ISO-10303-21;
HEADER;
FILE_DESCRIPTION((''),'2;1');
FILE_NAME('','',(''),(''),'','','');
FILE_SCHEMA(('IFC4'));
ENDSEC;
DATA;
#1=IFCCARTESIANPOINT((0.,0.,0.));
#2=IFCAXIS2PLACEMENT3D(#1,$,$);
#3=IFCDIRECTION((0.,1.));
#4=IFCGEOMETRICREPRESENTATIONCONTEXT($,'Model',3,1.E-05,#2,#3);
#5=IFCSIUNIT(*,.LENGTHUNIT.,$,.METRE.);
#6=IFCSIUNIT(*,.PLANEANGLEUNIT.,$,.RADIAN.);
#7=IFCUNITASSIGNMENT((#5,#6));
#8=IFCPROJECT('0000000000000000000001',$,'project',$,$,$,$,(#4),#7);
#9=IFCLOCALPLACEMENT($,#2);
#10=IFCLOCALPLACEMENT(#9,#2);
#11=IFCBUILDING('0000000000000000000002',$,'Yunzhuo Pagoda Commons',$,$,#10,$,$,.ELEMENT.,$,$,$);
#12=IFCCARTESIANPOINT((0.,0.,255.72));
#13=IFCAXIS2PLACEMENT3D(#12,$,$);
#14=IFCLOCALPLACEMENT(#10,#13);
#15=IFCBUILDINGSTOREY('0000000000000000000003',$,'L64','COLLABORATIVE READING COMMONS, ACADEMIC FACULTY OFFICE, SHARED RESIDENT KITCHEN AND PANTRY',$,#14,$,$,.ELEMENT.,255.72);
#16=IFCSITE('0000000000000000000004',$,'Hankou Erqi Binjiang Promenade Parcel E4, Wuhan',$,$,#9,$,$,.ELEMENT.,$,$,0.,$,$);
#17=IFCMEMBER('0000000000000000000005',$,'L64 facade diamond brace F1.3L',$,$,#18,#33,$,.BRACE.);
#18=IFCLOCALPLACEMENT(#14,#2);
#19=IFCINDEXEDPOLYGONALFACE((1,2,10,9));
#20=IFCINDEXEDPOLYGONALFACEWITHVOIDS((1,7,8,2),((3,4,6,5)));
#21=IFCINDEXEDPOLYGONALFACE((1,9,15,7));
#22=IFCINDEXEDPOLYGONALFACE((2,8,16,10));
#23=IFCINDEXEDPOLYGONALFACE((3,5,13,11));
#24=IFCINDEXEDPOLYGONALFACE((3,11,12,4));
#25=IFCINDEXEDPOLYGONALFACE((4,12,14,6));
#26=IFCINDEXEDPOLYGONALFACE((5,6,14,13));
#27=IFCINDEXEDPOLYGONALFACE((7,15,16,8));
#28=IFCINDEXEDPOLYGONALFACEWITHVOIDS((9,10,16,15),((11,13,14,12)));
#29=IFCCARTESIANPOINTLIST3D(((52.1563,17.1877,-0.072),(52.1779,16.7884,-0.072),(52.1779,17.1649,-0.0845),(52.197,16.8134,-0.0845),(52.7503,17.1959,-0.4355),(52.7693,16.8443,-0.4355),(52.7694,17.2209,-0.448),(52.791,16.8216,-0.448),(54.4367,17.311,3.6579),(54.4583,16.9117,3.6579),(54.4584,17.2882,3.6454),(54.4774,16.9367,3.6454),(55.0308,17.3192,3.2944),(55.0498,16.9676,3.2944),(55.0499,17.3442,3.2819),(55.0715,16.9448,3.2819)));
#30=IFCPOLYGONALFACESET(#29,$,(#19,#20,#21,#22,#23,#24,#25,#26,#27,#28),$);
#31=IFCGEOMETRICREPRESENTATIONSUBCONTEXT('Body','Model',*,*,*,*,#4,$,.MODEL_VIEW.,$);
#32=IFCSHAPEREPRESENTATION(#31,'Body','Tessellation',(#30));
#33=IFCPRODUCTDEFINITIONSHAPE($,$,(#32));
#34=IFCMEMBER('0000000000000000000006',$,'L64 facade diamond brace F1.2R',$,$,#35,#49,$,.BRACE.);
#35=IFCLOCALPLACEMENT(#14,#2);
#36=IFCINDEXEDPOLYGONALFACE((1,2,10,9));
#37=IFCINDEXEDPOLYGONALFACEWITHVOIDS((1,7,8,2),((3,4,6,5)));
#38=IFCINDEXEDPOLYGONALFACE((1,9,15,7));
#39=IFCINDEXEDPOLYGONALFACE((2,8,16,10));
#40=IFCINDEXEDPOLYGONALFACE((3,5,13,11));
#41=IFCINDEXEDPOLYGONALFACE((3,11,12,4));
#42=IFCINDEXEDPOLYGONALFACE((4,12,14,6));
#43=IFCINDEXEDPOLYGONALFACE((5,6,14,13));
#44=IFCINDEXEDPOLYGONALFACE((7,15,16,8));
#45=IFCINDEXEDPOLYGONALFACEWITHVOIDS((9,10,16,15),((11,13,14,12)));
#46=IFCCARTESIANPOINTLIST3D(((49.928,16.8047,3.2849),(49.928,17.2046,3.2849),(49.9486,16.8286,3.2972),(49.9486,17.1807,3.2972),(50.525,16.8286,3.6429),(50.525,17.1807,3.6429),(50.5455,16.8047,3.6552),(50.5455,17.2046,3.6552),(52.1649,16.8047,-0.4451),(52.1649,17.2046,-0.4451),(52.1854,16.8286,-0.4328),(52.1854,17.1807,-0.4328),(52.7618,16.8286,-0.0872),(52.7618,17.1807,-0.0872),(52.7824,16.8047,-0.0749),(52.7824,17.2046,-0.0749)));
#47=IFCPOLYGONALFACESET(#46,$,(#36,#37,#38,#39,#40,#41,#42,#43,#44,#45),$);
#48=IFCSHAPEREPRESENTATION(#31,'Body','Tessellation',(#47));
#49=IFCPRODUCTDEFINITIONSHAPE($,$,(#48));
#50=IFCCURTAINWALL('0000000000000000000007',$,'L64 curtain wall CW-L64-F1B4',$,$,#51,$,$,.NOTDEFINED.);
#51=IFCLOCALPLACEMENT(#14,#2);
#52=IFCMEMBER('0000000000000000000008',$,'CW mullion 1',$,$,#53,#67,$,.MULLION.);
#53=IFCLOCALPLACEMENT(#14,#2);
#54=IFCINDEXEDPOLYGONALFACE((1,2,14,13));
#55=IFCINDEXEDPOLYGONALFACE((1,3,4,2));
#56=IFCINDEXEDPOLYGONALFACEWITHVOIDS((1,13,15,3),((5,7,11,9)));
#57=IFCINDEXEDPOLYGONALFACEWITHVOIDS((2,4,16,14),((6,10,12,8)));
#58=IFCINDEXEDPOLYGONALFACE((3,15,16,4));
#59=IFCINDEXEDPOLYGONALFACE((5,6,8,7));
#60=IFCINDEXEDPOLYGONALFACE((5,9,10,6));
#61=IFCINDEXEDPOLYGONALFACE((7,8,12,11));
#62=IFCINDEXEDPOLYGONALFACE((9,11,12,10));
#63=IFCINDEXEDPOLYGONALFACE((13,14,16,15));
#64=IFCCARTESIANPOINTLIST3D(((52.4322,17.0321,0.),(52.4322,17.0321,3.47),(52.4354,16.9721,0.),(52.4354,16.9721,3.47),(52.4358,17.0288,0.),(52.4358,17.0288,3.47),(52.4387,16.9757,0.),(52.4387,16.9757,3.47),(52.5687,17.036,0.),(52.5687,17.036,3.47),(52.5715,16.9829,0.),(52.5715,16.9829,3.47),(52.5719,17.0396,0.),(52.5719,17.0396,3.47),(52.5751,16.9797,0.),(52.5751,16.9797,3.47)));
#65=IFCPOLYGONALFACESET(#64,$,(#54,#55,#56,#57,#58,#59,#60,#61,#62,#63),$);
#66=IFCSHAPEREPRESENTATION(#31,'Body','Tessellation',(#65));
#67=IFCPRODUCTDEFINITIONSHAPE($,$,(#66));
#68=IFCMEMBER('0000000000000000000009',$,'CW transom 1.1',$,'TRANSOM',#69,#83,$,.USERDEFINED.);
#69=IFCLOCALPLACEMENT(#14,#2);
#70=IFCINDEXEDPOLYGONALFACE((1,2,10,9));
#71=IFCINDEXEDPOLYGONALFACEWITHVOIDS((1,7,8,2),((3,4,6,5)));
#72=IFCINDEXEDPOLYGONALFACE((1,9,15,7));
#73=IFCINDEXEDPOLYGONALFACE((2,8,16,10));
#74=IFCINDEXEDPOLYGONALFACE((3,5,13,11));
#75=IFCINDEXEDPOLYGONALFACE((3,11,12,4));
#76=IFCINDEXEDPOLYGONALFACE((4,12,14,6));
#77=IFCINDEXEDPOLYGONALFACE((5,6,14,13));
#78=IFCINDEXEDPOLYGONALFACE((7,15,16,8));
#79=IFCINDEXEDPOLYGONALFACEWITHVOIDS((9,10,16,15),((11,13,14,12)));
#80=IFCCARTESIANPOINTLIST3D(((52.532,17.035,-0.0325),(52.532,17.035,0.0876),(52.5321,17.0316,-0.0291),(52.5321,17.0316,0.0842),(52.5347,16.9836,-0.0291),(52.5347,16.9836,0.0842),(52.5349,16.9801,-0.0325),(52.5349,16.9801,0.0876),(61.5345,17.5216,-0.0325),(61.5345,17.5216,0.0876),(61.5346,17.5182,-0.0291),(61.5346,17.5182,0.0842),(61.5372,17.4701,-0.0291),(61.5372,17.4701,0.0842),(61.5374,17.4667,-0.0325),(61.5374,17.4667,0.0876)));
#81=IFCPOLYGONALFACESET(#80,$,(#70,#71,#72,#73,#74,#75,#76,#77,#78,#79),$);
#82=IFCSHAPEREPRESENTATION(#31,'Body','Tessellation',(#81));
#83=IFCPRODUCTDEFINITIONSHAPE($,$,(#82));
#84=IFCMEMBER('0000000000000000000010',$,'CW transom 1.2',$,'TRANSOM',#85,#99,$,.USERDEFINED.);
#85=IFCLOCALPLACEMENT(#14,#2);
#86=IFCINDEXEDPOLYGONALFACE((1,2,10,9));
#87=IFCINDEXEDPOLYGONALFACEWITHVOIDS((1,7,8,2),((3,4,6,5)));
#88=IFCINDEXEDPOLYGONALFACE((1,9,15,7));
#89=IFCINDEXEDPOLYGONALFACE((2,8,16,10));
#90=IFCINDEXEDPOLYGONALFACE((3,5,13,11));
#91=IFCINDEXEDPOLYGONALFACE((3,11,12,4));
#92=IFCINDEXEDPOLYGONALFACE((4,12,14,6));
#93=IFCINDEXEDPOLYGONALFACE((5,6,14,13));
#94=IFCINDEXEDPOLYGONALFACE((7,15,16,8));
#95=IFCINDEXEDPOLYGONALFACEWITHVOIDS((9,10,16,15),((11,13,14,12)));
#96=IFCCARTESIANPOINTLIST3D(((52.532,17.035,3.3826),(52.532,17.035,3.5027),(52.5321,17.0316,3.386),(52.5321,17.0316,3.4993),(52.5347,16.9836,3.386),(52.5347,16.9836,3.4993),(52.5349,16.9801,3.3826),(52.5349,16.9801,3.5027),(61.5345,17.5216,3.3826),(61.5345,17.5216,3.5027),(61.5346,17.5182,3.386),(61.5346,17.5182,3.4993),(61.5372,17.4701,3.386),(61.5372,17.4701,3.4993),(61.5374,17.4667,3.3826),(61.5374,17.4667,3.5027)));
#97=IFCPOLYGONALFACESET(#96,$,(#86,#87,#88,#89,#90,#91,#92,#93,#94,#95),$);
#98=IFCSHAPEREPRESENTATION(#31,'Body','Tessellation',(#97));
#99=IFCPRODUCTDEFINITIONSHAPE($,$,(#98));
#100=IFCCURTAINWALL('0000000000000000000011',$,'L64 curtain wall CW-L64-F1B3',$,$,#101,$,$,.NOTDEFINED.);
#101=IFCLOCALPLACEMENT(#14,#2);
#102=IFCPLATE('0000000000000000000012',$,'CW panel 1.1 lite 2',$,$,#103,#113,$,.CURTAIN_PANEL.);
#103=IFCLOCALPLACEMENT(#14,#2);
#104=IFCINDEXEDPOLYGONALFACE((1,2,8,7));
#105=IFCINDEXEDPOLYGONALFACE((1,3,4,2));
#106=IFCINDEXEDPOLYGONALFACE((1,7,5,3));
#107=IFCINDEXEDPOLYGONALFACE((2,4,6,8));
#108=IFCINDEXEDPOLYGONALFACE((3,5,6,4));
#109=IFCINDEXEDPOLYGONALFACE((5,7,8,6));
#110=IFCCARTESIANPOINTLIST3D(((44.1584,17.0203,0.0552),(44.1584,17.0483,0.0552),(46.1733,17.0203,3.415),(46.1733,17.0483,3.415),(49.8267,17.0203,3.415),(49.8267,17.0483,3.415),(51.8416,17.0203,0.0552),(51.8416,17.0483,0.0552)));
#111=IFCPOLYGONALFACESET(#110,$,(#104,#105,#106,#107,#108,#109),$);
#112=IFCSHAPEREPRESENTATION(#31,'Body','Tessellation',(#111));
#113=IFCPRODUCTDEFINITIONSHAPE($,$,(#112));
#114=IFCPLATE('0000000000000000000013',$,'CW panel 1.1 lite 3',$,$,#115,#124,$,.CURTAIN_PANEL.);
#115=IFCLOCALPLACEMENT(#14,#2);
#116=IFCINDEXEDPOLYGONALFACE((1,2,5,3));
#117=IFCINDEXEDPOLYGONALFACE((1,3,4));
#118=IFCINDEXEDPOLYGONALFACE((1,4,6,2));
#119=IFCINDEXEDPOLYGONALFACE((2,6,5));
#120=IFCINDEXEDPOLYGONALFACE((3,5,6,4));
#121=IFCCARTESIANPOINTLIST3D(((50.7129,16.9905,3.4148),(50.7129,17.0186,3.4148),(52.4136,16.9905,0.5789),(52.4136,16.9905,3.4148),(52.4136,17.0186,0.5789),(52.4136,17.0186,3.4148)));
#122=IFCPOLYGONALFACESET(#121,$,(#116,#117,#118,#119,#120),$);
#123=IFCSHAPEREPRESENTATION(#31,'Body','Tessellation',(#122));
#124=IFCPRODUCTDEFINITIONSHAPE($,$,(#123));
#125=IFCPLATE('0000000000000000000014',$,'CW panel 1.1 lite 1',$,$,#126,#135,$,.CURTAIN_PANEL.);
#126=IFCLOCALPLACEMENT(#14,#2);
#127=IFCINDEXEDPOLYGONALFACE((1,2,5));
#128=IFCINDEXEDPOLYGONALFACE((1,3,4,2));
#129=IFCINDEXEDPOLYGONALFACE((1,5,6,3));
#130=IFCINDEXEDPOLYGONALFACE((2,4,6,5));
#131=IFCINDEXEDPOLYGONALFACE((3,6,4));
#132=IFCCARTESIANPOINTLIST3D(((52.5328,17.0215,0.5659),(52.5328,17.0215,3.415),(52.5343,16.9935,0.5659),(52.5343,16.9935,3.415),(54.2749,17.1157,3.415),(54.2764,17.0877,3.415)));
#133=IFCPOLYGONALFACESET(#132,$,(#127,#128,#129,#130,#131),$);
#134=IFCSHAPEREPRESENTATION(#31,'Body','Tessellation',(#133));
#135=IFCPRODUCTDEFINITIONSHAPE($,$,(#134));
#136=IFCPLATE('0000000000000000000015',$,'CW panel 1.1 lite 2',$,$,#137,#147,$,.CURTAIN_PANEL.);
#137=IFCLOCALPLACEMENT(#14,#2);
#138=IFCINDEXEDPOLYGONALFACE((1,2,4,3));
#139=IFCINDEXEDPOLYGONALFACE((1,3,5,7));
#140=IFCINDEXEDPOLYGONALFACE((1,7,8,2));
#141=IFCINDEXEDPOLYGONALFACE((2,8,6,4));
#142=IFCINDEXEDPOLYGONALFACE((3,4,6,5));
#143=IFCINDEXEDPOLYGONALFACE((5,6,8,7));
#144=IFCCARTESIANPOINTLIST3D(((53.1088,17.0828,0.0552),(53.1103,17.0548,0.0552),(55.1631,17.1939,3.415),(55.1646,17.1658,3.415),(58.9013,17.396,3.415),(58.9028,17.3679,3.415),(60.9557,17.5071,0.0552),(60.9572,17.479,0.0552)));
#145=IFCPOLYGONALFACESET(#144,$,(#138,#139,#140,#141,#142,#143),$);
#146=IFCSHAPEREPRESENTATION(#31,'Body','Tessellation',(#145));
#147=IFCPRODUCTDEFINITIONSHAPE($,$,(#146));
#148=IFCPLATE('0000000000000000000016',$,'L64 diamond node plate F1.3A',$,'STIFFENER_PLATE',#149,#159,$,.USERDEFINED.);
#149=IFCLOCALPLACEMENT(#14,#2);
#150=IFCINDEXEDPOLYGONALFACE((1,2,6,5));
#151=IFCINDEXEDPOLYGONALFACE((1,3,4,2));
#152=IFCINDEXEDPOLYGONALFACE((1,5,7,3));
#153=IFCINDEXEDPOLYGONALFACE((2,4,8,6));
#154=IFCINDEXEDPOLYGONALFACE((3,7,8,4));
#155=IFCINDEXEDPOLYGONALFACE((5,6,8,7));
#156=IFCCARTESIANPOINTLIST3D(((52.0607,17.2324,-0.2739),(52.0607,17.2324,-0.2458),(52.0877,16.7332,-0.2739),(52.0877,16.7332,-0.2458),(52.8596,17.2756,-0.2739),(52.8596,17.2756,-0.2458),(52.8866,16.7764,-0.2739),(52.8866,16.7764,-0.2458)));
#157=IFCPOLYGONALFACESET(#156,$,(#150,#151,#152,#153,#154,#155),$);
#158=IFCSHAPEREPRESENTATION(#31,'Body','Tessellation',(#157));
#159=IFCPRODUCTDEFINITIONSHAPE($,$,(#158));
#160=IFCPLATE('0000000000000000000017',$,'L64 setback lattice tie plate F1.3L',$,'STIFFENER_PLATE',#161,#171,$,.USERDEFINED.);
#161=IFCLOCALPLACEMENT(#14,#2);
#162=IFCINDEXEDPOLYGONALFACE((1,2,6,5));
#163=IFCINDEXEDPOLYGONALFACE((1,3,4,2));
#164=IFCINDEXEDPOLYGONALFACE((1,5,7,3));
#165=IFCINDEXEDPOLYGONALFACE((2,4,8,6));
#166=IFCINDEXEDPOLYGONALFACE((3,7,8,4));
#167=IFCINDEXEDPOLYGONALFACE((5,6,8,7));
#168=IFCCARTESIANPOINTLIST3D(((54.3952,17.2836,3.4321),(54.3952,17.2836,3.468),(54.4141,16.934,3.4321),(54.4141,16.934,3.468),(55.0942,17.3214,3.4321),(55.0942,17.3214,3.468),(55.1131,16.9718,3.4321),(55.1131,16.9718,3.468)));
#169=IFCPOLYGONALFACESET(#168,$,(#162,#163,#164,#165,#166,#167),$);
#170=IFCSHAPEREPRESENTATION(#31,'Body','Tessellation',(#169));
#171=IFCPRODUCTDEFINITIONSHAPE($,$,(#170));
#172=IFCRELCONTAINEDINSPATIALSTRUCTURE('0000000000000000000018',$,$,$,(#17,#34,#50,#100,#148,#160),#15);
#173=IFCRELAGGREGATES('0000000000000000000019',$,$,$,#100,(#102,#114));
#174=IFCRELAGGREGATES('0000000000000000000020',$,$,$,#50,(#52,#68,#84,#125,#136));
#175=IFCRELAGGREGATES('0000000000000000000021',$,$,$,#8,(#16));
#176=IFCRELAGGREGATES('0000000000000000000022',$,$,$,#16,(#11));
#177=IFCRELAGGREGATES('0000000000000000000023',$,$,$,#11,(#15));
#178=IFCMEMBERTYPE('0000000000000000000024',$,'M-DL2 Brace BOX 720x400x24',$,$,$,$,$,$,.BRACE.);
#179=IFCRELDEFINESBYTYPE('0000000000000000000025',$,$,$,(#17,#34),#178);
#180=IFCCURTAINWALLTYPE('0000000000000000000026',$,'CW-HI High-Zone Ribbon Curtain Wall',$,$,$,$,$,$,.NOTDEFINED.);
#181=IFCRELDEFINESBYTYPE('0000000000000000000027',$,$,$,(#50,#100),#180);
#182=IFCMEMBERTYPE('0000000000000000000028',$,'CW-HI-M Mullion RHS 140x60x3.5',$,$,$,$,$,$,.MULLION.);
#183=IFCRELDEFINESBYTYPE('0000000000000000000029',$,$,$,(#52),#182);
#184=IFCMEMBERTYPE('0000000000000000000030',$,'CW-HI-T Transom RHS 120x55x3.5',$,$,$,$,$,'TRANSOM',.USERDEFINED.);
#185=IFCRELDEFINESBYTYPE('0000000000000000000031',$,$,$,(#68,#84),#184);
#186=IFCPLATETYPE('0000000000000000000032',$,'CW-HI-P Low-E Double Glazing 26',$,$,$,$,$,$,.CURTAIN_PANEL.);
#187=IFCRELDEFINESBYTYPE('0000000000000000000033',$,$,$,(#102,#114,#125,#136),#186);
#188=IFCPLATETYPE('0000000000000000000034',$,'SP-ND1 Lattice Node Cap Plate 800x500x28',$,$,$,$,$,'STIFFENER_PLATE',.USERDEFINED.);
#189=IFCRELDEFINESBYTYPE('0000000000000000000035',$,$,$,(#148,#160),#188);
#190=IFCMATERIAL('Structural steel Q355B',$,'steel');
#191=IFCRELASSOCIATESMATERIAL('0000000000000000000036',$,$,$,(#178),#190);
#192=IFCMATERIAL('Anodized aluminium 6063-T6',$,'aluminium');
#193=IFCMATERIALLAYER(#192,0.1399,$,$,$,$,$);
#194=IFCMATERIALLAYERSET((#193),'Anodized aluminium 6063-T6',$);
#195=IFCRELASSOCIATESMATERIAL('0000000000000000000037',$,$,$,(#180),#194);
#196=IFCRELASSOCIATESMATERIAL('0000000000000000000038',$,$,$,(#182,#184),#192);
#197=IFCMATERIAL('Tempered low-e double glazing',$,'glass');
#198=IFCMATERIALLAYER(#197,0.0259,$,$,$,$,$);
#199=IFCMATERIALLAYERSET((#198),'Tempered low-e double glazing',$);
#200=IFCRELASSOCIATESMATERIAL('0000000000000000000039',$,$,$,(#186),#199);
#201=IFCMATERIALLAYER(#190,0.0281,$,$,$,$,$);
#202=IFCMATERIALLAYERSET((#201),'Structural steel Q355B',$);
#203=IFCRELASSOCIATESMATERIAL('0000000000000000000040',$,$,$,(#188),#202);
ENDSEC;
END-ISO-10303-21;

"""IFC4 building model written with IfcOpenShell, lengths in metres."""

from ifc_helpers import new_model, si_unit, direction, frame, origin, origin_2d, place, context, subcontext, project, spatial, polyline, rectangle, hollow_rectangle, outline, extrude, source, transform, mapped, material, layer, layer_set, material_profile, profile_set, type_object, element, aggregate, save


model = new_model("IFC4")

# Units and contexts
model_context = context("Model", 3, precision=1e-05, world=origin(), true_north=direction((0.0, 1.0)))
body_context = subcontext(model_context, "Body", "Model", "MODEL_VIEW")
ifc_project = project(units=[si_unit("LENGTHUNIT", "METRE"), si_unit("PLANEANGLEUNIT", "RADIAN")], contexts=[model_context])

# Site, building, storey
site_placement = place(None, origin())
site = spatial("IfcSite", under=ifc_project, at=site_placement, Name="Hankou Erqi Binjiang Promenade Parcel E4, Wuhan", CompositionType="ELEMENT", RefElevation=0.0)
building_placement = place(site_placement, origin())
building = spatial("IfcBuilding", under=site, at=building_placement, Name="Yunzhuo Pagoda Commons", CompositionType="ELEMENT")
storey_placement = place(building_placement, frame((0.0, 0.0, 255.72)))
storey = spatial("IfcBuildingStorey", under=building, at=storey_placement, Name="L64", Description="COLLABORATIVE READING COMMONS, ACADEMIC FACULTY OFFICE, SHARED RESIDENT KITCHEN AND PANTRY", CompositionType="ELEMENT", Elevation=255.72)

# Shared definitions
ifc_material_1 = material(Name="Structural steel Q355B", Category="steel")

# Members
ifc_material_profile_1 = material_profile(ifc_material_1, hollow_rectangle(XDim=0.3999, YDim=0.72, WallThickness=0.0239, at=origin_2d()), Name="Structural steel Q355B")
ifc_profile_set_1 = profile_set([ifc_material_profile_1], Name="Structural steel Q355B")
member_type_1 = type_object("IfcMemberType", Name="M-DL2 Brace BOX 720x400x24", PredefinedType="BRACE", material=ifc_profile_set_1)
shared_shape_1 = source(origin(), body_context, "Body", "SweptSolid", [
    extrude(hollow_rectangle(XDim=0.3999, YDim=0.72, WallThickness=0.0239, at=origin_2d()), origin(), (0.0, 0.0, 1.0), 4.3735),
])
member_1_placement = place(storey_placement, frame((52.4736, 17.0046, -0.26), z_axis=(0.521423, 0.02819, 0.852832), x_axis=(-0.053984, 0.998542, 0.0)))
element("IfcMember", 1, at=member_1_placement, inside=storey, type_object=member_type_1, Name="L64 facade diamond brace F1.3L", PredefinedType="BRACE", context=body_context, shape_type="MappedRepresentation", body=[
    mapped(shared_shape_1, transform((0.0, 0.0, 0.0), scale=1.0)),
])
shared_shape_2 = source(origin(), body_context, "Body", "SweptSolid", [
    extrude(hollow_rectangle(XDim=0.3999, YDim=0.72, WallThickness=0.0239, at=origin_2d()), origin(), (0.0, 0.0, 1.0), 4.3494),
])
member_2_placement = place(storey_placement, frame((52.4736, 17.0046, -0.26), z_axis=(-0.514298, 0.0, 0.857612), x_axis=(0.0, -1.0, 0.0)))
element("IfcMember", 2, at=member_2_placement, inside=storey, type_object=member_type_1, Name="L64 facade diamond brace F1.2R", PredefinedType="BRACE", context=body_context, shape_type="MappedRepresentation", body=[
    mapped(shared_shape_2, transform((0.0, 0.0, 0.0), scale=1.0)),
])

# Curtain wall, members
ifc_material_2 = material(Name="Anodized aluminium 6063-T6", Category="aluminium")
ifc_layer_1 = layer(ifc_material_2, 0.1399)
ifc_layer_set_1 = layer_set([ifc_layer_1], Name="Anodized aluminium 6063-T6")
curtain_wall_type = type_object("IfcCurtainWallType", Name="CW-HI High-Zone Ribbon Curtain Wall", PredefinedType="NOTDEFINED", material=ifc_layer_set_1)
curtain_wall_1_placement = place(storey_placement, origin())
curtain_wall_1 = element("IfcCurtainWall", 3, at=curtain_wall_1_placement, inside=storey, type_object=curtain_wall_type, Name="L64 curtain wall CW-L64-F1B4", PredefinedType="NOTDEFINED")
ifc_material_profile_2 = material_profile(ifc_material_2, hollow_rectangle(XDim=0.0601, YDim=0.1399, WallThickness=0.0034, at=origin_2d()), Name="Anodized aluminium 6063-T6")
ifc_profile_set_2 = profile_set([ifc_material_profile_2], Name="Anodized aluminium 6063-T6")
member_type_2 = type_object("IfcMemberType", Name="CW-HI-M Mullion RHS 140x60x3.5", PredefinedType="MULLION", material=ifc_profile_set_2)
shared_shape_3 = source(origin(), body_context, "Body", "SweptSolid", [
    extrude(hollow_rectangle(XDim=0.0601, YDim=0.1399, WallThickness=0.0034, at=origin_2d()), origin(), (0.0, 0.0, 1.0), 3.47),
])
member_3_placement = place(storey_placement, frame((52.5037, 17.0059, 0.0), z_axis=(0.0, 0.0, 1.0), x_axis=(-0.053989, 0.998542, 0.0)))
member_3 = element("IfcMember", 4, at=member_3_placement, type_object=member_type_2, Name="CW mullion 1", PredefinedType="MULLION", context=body_context, shape_type="MappedRepresentation", body=[
    mapped(shared_shape_3, transform((0.0, 0.0, 0.0), scale=1.0)),
])
ifc_material_profile_3 = material_profile(ifc_material_2, hollow_rectangle(XDim=0.0549, YDim=0.1201, WallThickness=0.0034, at=origin_2d()), Name="Anodized aluminium 6063-T6")
ifc_profile_set_3 = profile_set([ifc_material_profile_3], Name="Anodized aluminium 6063-T6")
member_type_3 = type_object("IfcMemberType", Name="CW-HI-T Transom RHS 120x55x3.5", ElementType="TRANSOM", PredefinedType="USERDEFINED", material=ifc_profile_set_3)
shared_shape_4 = source(origin(), body_context, "Body", "SweptSolid", [
    extrude(hollow_rectangle(XDim=0.0549, YDim=0.1201, WallThickness=0.0034, at=origin_2d()), origin(), (0.0, 0.0, 1.0), 9.0156),
])
member_4_placement = place(storey_placement, frame((52.5334, 17.0076, 0.0276), z_axis=(0.998543, 0.05397, 0.0), x_axis=(-0.05397, 0.998543, 0.0)))
member_4 = element("IfcMember", 5, at=member_4_placement, type_object=member_type_3, Name="CW transom 1.1", ObjectType="TRANSOM", PredefinedType="USERDEFINED", context=body_context, shape_type="MappedRepresentation", body=[
    mapped(shared_shape_4, transform((0.0, 0.0, 0.0), scale=1.0)),
])
member_5_placement = place(storey_placement, frame((52.5334, 17.0076, 3.4426), z_axis=(0.998543, 0.05397, 0.0), x_axis=(-0.05397, 0.998543, 0.0)))
member_5 = element("IfcMember", 6, at=member_5_placement, type_object=member_type_3, Name="CW transom 1.2", ObjectType="TRANSOM", PredefinedType="USERDEFINED", context=body_context, shape_type="MappedRepresentation", body=[
    mapped(shared_shape_4, transform((0.0, 0.0, 0.0), scale=1.0)),
])

# Curtain wall, plates
curtain_wall_2_placement = place(storey_placement, origin())
curtain_wall_2 = element("IfcCurtainWall", 7, at=curtain_wall_2_placement, inside=storey, type_object=curtain_wall_type, Name="L64 curtain wall CW-L64-F1B3", PredefinedType="NOTDEFINED")
ifc_material_3 = material(Name="Tempered low-e double glazing", Category="glass")
ifc_layer_2 = layer(ifc_material_3, 0.0259)
ifc_layer_set_2 = layer_set([ifc_layer_2], Name="Tempered low-e double glazing")
plate_type_1 = type_object("IfcPlateType", Name="CW-HI-P Low-E Double Glazing 26", PredefinedType="CURTAIN_PANEL", material=ifc_layer_set_2)
plate_1_placement = place(storey_placement, frame((48.0, 17.0483, 1.7351), z_axis=(0.0, -1.0, 0.0), x_axis=(1.0, 0.0, 0.0)))
plate_1 = element("IfcPlate", 8, at=plate_1_placement, type_object=plate_type_1, Name="CW panel 1.1 lite 2", PredefinedType="CURTAIN_PANEL", context=body_context, shape_type="SweptSolid", body=[
    extrude(outline(polyline([(-3.8416, -1.6799), (3.8416, -1.6799), (1.8267, 1.6799), (-1.8267, 1.6799), (-3.8416, -1.6799)])), origin(), (0.0, 0.0, 1.0), 0.0281),
])
plate_2_placement = place(storey_placement, frame((51.5632, 17.0186, 1.9968), z_axis=(0.0, -1.0, 0.0), x_axis=(1.0, 0.0, 0.0)))
plate_2 = element("IfcPlate", 9, at=plate_2_placement, type_object=plate_type_1, Name="CW panel 1.1 lite 3", PredefinedType="CURTAIN_PANEL", context=body_context, shape_type="SweptSolid", body=[
    extrude(outline(polyline([(-0.8503, 1.418), (0.8503, -1.418), (0.8503, 1.418), (-0.8503, 1.418)])), origin(), (0.0, 0.0, 1.0), 0.0281),
])
aggregate(curtain_wall_2, [plate_1, plate_2])

# Plates
plate_3_placement = place(storey_placement, frame((53.4038, 17.0686, 1.9905), z_axis=(0.053989, -0.998542, 0.0), x_axis=(0.998542, 0.053989, 0.0)))
plate_3 = element("IfcPlate", 10, at=plate_3_placement, type_object=plate_type_1, Name="CW panel 1.1 lite 1", PredefinedType="CURTAIN_PANEL", context=body_context, shape_type="SweptSolid", body=[
    extrude(outline(polyline([(-0.8723, -1.4246), (0.8723, 1.4246), (-0.8723, 1.4246), (-0.8723, -1.4246)])), origin(), (0.0, 0.0, 1.0), 0.0281),
])
plate_4_placement = place(storey_placement, frame((57.0322, 17.2949, 1.7351), z_axis=(0.053989, -0.998542, 0.0), x_axis=(0.998542, 0.053989, 0.0)))
plate_4 = element("IfcPlate", 11, at=plate_4_placement, type_object=plate_type_1, Name="CW panel 1.1 lite 2", PredefinedType="CURTAIN_PANEL", context=body_context, shape_type="SweptSolid", body=[
    extrude(outline(polyline([(-3.9292, -1.6799), (3.9292, -1.6799), (1.8718, 1.6799), (-1.8718, 1.6799), (-3.9292, -1.6799)])), origin(), (0.0, 0.0, 1.0), 0.0281),
])
aggregate(curtain_wall_1, [member_3, member_4, member_5, plate_3, plate_4])

# Plates
ifc_layer_3 = layer(ifc_material_1, 0.0281)
ifc_layer_set_3 = layer_set([ifc_layer_3], Name="Structural steel Q355B")
plate_type_2 = type_object("IfcPlateType", Name="SP-ND1 Lattice Node Cap Plate 800x500x28", ElementType="STIFFENER_PLATE", PredefinedType="USERDEFINED", material=ifc_layer_set_3)
shared_shape_5 = source(origin(), body_context, "Body", "SweptSolid", [
    extrude(rectangle(XDim=0.8, YDim=0.5, at=origin_2d()), origin(), (0.0, 0.0, 1.0), 0.0281),
])
plate_5_placement = place(storey_placement, frame((52.4736, 17.0044, -0.2739), z_axis=(0.0, 0.0, 1.0), x_axis=(0.998541, 0.053992, 0.0)))
element("IfcPlate", 12, at=plate_5_placement, inside=storey, type_object=plate_type_2, Name="L64 diamond node plate F1.3A", ObjectType="STIFFENER_PLATE", PredefinedType="USERDEFINED", context=body_context, shape_type="MappedRepresentation", body=[
    mapped(shared_shape_5, transform((0.0, 0.0, 0.0), scale=1.0)),
])
shared_shape_6 = source(origin(), body_context, "Body", "SweptSolid", [
    extrude(rectangle(XDim=0.7, YDim=0.3501, at=origin_2d()), origin(), (0.0, 0.0, 1.0), 0.0359),
])
plate_6_placement = place(storey_placement, frame((54.7542, 17.1277, 3.4321), z_axis=(0.0, 0.0, 1.0), x_axis=(0.998541, 0.053992, 0.0)))
element("IfcPlate", 13, at=plate_6_placement, inside=storey, type_object=plate_type_2, Name="L64 setback lattice tie plate F1.3L", ObjectType="STIFFENER_PLATE", PredefinedType="USERDEFINED", context=body_context, shape_type="MappedRepresentation", body=[
    mapped(shared_shape_6, transform((0.0, 0.0, 0.0), scale=1.0)),
])

save(model, "model.ifc")
